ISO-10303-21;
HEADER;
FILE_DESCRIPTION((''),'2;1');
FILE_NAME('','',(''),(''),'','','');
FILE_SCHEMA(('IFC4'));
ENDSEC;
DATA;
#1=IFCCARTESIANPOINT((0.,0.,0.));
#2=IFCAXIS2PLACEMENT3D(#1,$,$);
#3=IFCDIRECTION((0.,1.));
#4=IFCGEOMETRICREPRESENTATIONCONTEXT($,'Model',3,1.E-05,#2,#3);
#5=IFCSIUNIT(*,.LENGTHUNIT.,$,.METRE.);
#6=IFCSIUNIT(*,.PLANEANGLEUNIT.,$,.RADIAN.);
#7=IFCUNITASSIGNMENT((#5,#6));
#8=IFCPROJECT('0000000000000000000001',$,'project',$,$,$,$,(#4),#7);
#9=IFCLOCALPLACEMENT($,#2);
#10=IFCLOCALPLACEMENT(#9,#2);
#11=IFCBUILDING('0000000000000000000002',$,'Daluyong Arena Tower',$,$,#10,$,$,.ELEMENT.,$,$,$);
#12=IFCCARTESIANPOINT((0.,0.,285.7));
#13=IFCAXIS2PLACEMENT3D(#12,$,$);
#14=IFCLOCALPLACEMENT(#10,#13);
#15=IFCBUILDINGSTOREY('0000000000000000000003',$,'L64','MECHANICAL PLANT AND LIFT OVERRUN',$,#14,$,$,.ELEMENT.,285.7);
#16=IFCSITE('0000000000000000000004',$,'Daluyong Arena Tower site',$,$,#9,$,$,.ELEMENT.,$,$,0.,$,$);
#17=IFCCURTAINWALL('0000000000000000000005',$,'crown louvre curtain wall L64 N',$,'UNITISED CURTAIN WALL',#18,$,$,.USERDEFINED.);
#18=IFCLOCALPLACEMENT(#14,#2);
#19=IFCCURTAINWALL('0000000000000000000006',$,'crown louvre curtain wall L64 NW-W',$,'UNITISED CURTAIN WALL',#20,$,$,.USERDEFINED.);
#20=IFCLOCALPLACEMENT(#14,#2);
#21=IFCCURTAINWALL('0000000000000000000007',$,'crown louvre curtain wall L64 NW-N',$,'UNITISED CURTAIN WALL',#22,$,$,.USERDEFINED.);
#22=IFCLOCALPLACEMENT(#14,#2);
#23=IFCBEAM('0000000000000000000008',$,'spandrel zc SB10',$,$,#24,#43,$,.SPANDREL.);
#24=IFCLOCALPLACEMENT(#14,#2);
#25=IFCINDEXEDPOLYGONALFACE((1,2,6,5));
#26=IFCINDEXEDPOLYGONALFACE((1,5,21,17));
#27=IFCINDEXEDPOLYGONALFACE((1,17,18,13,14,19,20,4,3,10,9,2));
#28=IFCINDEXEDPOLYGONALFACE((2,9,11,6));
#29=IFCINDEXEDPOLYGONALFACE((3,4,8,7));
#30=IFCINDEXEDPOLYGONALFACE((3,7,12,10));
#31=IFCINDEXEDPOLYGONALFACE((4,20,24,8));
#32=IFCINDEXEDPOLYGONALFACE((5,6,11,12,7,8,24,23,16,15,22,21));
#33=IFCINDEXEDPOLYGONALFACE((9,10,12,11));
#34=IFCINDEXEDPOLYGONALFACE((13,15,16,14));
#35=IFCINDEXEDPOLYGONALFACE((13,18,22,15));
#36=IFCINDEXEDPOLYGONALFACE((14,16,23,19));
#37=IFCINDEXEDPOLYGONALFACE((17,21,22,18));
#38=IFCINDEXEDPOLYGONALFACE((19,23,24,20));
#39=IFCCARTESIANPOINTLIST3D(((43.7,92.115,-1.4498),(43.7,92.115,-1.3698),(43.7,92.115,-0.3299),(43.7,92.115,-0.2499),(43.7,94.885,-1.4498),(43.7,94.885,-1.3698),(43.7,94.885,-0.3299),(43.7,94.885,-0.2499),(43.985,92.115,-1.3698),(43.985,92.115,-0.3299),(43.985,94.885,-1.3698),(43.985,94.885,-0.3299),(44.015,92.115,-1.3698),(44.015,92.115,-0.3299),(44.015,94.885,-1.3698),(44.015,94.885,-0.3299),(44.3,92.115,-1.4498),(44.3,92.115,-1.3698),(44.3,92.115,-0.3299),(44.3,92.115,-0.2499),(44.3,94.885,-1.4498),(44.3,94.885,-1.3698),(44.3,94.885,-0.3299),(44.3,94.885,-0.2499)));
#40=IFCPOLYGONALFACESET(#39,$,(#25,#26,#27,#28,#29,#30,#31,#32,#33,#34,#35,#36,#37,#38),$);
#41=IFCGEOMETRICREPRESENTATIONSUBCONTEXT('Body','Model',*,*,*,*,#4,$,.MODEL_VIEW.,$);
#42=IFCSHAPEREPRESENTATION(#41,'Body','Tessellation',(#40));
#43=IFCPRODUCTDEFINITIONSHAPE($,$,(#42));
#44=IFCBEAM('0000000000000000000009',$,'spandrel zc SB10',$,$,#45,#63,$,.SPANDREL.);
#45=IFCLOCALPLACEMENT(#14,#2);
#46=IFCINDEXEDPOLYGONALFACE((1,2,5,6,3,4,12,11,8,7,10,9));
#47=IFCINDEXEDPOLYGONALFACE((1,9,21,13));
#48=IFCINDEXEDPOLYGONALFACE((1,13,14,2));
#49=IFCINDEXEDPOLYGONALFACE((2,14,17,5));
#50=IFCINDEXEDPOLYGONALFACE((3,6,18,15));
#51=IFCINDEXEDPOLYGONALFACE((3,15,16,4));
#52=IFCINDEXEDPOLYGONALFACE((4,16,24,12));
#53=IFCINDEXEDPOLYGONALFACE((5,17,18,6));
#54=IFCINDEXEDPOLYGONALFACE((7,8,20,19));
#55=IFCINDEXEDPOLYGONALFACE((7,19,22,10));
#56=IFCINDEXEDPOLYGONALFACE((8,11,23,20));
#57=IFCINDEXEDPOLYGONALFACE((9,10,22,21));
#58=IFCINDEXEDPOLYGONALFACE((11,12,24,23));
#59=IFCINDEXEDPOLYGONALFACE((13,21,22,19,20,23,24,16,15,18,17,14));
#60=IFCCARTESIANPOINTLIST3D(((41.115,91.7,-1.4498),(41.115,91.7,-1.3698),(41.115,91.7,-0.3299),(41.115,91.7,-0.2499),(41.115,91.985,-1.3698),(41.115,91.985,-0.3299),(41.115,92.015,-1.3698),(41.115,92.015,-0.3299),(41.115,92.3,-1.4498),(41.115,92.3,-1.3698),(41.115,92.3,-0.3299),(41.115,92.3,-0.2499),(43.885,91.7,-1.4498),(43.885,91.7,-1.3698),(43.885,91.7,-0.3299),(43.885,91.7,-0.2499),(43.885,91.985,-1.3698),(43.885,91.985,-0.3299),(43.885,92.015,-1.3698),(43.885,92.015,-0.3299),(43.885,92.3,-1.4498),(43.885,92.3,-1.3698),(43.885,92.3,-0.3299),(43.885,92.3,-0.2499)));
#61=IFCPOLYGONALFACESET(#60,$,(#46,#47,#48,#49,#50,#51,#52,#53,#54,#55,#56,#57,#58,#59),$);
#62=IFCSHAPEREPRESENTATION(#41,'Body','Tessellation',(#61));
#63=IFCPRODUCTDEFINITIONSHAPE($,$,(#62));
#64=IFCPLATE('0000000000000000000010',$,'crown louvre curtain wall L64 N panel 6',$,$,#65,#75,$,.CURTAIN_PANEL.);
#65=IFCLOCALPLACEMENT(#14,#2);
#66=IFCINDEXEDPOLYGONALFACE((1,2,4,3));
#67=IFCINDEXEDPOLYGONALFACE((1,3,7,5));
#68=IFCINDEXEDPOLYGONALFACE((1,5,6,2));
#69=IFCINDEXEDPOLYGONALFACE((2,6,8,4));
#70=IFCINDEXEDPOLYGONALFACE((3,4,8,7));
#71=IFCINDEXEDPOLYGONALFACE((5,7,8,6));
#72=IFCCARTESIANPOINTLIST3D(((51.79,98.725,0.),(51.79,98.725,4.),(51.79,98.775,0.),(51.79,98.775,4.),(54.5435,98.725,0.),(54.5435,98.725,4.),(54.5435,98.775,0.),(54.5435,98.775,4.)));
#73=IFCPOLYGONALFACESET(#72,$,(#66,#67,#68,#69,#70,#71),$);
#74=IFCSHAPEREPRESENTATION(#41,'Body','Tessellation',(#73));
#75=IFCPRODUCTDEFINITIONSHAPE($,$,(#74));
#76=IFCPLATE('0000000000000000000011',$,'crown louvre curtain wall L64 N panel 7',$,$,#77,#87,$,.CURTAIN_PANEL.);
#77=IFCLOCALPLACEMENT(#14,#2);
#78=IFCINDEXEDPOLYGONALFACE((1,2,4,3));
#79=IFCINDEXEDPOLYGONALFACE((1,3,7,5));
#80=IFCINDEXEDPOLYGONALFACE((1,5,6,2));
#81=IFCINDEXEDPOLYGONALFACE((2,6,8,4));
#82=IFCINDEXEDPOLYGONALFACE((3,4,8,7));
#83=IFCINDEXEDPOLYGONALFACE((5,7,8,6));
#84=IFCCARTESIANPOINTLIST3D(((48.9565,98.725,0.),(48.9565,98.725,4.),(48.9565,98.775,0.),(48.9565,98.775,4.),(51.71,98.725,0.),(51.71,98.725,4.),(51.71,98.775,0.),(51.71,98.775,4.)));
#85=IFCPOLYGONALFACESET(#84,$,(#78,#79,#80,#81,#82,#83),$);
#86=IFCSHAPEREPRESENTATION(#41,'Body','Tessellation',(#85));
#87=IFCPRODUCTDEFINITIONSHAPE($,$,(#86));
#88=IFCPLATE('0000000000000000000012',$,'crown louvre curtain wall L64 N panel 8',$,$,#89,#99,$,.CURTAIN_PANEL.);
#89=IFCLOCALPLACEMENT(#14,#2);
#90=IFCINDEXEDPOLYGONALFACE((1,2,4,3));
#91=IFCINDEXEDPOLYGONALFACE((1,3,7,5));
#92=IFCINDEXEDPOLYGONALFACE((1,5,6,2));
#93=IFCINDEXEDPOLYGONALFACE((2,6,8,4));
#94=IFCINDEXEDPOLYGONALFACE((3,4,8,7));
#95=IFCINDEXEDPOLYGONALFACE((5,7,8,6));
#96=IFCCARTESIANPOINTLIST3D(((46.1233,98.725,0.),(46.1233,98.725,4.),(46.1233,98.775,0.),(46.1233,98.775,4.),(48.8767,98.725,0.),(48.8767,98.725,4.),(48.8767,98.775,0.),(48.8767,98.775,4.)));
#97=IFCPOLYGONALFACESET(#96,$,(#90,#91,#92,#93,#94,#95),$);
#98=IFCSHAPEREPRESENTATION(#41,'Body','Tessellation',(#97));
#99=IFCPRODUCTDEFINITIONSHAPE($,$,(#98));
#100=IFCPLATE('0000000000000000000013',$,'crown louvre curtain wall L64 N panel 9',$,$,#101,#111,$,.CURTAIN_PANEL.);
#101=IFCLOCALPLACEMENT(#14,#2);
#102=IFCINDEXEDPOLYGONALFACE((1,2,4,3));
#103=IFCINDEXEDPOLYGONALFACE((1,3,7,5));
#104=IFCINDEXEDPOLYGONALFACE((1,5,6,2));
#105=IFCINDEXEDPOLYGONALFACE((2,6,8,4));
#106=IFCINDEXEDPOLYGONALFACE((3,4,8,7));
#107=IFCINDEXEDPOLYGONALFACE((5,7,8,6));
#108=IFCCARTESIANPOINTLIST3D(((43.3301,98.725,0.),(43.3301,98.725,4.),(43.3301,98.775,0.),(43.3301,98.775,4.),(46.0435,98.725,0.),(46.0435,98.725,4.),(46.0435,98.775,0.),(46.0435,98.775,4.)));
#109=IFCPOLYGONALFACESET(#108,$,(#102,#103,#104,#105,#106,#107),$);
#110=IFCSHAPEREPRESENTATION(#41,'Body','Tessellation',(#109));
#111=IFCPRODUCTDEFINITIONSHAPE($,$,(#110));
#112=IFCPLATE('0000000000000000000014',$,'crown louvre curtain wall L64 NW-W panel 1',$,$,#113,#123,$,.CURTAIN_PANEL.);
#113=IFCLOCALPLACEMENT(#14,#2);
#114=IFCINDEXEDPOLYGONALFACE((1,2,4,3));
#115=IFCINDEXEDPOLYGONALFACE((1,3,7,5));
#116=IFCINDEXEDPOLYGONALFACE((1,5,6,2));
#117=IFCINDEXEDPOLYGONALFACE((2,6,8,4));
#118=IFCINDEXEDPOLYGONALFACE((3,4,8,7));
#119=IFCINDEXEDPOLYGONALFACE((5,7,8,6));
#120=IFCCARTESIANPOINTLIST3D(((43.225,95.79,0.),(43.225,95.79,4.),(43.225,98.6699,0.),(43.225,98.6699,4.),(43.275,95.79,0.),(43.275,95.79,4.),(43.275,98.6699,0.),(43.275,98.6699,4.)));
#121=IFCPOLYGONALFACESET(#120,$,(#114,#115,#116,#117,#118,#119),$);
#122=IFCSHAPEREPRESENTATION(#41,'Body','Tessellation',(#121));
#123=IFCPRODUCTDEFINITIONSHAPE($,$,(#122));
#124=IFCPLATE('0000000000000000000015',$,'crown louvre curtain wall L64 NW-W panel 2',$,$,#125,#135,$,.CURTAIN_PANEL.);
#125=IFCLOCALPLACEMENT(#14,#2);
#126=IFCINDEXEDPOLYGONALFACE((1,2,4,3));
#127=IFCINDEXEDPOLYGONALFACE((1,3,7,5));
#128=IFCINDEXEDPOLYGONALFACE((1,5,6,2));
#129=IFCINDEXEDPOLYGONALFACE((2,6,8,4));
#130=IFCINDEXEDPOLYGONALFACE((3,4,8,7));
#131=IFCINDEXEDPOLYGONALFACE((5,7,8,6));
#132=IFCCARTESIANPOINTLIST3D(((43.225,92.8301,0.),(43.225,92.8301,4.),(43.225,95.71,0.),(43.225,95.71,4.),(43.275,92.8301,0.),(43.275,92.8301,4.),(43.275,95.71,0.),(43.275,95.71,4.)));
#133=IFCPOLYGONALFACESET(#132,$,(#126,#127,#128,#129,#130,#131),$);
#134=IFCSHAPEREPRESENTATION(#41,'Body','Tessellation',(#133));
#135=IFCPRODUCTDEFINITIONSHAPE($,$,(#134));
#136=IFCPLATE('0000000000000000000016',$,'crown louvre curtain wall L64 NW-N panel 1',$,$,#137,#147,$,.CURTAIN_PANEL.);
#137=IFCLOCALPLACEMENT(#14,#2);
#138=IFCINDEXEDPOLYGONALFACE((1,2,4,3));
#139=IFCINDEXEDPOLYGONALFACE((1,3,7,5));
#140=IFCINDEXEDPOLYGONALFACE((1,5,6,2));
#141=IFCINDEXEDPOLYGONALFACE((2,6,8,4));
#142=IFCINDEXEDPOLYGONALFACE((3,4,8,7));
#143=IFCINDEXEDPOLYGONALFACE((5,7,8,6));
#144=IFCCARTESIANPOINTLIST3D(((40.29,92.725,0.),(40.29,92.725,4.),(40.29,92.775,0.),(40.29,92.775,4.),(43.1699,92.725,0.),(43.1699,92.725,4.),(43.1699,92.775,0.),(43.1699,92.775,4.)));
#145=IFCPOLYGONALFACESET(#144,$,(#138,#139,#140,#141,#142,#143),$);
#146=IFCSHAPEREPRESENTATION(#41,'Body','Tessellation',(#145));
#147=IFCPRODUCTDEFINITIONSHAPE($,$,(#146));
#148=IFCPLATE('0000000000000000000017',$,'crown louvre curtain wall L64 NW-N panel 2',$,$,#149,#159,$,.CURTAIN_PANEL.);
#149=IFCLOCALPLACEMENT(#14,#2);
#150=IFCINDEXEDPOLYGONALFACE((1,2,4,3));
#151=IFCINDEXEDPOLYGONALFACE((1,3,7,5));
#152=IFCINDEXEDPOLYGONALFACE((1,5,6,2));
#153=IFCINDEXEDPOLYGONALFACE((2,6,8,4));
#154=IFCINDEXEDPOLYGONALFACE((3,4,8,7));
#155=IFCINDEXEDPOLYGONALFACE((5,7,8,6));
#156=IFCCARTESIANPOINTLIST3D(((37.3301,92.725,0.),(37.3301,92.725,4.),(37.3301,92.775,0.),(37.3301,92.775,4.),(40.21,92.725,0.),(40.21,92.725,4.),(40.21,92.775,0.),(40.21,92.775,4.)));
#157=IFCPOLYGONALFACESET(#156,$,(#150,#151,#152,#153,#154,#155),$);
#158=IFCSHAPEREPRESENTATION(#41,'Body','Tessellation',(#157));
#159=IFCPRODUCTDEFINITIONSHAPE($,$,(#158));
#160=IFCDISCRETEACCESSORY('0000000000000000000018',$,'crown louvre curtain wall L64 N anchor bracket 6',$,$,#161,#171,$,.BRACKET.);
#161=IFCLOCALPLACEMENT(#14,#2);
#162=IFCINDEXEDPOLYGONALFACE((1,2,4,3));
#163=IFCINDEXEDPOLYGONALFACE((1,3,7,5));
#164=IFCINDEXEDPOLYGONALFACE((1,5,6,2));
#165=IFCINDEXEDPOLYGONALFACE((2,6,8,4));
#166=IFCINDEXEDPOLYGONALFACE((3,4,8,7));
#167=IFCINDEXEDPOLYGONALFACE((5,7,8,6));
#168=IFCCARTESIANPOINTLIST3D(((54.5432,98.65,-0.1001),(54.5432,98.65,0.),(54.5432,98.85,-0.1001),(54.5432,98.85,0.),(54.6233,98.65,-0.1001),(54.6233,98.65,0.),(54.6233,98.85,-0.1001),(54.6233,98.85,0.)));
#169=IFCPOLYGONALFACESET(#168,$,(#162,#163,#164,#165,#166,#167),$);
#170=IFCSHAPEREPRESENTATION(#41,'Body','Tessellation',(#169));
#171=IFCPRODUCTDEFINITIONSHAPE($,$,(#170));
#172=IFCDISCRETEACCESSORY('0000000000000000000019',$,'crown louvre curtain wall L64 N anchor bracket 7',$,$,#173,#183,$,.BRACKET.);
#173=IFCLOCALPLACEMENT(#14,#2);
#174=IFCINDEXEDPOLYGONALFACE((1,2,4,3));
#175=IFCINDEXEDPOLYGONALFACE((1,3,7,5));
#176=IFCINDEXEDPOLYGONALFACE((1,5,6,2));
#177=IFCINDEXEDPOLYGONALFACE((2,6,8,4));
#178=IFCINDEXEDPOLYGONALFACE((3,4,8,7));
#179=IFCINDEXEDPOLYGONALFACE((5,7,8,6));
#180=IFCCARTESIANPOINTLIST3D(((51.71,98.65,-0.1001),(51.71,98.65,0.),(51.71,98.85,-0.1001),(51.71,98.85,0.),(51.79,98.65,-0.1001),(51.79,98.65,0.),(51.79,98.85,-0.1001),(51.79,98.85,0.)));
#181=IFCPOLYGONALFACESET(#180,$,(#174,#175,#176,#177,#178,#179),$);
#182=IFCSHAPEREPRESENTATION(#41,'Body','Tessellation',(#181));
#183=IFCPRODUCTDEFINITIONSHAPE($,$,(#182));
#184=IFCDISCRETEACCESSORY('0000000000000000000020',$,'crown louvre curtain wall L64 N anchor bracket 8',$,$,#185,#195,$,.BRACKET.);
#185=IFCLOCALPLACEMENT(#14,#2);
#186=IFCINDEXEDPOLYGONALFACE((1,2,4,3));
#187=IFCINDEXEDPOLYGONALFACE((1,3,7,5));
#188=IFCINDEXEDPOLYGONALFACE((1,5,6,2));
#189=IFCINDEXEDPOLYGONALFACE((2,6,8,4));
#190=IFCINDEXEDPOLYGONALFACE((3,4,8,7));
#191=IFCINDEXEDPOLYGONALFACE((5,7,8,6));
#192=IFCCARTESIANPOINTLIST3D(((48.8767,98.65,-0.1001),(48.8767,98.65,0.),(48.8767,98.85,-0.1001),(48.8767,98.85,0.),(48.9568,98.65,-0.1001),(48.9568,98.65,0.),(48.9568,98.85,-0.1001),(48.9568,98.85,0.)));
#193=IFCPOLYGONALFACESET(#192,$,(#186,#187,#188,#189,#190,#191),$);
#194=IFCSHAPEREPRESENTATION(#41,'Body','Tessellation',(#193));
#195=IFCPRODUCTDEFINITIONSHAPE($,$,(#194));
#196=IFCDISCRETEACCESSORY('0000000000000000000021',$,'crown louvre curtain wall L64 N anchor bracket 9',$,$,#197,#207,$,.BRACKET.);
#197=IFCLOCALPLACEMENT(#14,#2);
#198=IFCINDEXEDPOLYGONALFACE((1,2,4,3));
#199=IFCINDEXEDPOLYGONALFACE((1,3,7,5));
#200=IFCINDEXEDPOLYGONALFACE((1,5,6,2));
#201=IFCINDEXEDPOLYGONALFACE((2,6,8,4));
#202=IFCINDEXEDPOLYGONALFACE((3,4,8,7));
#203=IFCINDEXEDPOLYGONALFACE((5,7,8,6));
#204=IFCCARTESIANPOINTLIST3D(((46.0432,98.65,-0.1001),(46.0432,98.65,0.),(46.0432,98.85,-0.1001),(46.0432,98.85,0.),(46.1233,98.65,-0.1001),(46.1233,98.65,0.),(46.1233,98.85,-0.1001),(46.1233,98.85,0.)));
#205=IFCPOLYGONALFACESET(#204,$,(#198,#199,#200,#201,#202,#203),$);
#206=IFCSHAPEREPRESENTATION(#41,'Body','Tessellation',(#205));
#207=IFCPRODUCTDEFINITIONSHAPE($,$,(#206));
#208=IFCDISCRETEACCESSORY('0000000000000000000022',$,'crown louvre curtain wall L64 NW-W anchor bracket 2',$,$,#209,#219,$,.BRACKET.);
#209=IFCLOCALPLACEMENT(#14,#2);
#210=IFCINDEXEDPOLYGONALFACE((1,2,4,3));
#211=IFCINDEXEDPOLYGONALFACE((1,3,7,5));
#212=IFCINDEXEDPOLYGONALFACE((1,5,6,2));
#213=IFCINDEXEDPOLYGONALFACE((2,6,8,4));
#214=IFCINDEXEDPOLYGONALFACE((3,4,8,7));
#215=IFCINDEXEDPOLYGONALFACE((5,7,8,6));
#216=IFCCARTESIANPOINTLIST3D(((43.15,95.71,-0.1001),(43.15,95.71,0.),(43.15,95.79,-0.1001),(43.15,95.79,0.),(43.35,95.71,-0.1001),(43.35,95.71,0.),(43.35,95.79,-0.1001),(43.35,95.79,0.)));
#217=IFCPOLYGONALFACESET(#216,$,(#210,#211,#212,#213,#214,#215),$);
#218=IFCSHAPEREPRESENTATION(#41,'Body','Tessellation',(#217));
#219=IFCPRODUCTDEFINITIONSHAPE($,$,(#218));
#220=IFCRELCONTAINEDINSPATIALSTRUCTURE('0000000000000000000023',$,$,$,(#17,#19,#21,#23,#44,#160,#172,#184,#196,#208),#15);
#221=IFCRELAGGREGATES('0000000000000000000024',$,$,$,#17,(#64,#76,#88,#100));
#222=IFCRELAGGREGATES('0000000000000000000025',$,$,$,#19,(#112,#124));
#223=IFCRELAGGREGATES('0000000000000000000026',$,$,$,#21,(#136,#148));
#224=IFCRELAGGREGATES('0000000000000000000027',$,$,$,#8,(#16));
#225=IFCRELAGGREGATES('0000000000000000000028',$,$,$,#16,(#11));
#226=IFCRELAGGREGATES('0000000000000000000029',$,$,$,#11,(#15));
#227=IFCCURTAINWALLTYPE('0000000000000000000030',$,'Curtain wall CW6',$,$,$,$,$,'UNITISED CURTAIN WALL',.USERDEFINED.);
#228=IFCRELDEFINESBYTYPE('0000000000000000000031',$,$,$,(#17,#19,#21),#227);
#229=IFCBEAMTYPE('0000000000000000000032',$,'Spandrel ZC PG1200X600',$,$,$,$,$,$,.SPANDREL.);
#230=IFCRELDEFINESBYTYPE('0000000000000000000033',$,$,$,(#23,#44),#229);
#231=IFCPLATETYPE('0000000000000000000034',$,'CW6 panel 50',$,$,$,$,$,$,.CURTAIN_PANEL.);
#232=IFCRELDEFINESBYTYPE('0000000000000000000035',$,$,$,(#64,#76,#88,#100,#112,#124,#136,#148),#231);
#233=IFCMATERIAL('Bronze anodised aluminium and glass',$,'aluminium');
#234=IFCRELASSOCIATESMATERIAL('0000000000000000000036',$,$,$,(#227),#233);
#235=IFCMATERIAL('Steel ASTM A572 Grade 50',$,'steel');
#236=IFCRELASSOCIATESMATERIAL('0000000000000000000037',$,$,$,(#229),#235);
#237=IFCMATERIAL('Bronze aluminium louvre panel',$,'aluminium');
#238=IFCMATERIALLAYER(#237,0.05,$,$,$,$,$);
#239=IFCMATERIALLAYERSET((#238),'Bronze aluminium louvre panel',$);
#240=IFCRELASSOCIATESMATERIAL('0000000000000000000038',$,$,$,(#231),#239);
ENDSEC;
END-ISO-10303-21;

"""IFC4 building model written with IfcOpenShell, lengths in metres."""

from ifc_helpers import new_model, si_unit, direction, frame, origin, origin_2d, place, context, subcontext, project, spatial, rectangle, i_section, extrude, material, layer, layer_set, material_profile, profile_set, type_object, element, aggregate, save


model = new_model("IFC4")

# Units and contexts
model_context = context("Model", 3, precision=1e-05, world=origin(), true_north=direction((0.0, 1.0)))
body_context = subcontext(model_context, "Body", "Model", "MODEL_VIEW")
ifc_project = project(units=[si_unit("LENGTHUNIT", "METRE"), si_unit("PLANEANGLEUNIT", "RADIAN")], contexts=[model_context])

# Site, building, storey
site_placement = place(None, origin())
site = spatial("IfcSite", under=ifc_project, at=site_placement, Name="Daluyong Arena Tower site", CompositionType="ELEMENT", RefElevation=0.0)
building_placement = place(site_placement, origin())
building = spatial("IfcBuilding", under=site, at=building_placement, Name="Daluyong Arena Tower", CompositionType="ELEMENT")
storey_placement = place(building_placement, frame((0.0, 0.0, 285.7)))
storey = spatial("IfcBuildingStorey", under=building, at=storey_placement, Name="L64", Description="MECHANICAL PLANT AND LIFT OVERRUN", CompositionType="ELEMENT", Elevation=285.7)

# Curtain walls
ifc_material_1 = material(Name="Bronze anodised aluminium and glass", Category="aluminium")
curtain_wall_type = type_object("IfcCurtainWallType", Name="Curtain wall CW6", ElementType="UNITISED CURTAIN WALL", PredefinedType="USERDEFINED", material=ifc_material_1)
curtain_wall_1_placement = place(storey_placement, origin())
curtain_wall_1 = element("IfcCurtainWall", 1, at=curtain_wall_1_placement, inside=storey, type_object=curtain_wall_type, Name="crown louvre curtain wall L64 N", ObjectType="UNITISED CURTAIN WALL", PredefinedType="USERDEFINED")
curtain_wall_2_placement = place(storey_placement, origin())
curtain_wall_2 = element("IfcCurtainWall", 2, at=curtain_wall_2_placement, inside=storey, type_object=curtain_wall_type, Name="crown louvre curtain wall L64 NW-W", ObjectType="UNITISED CURTAIN WALL", PredefinedType="USERDEFINED")
curtain_wall_3_placement = place(storey_placement, origin())
curtain_wall_3 = element("IfcCurtainWall", 3, at=curtain_wall_3_placement, inside=storey, type_object=curtain_wall_type, Name="crown louvre curtain wall L64 NW-N", ObjectType="UNITISED CURTAIN WALL", PredefinedType="USERDEFINED")

# Beams
ifc_material_2 = material(Name="Steel ASTM A572 Grade 50", Category="steel")
ifc_material_profile_1 = material_profile(ifc_material_2, i_section(OverallWidth=0.6001, OverallDepth=1.2, WebThickness=0.03, FlangeThickness=0.08, at=origin_2d()))
ifc_profile_set_1 = profile_set([ifc_material_profile_1], Name="Steel ASTM A572 Grade 50")
beam_type_1 = type_object("IfcBeamType", Name="Spandrel ZC PG1200X600", PredefinedType="SPANDREL", material=ifc_profile_set_1)
for number, where, z_axis, x_axis, name in (
    (4, (44.0, 94.885, -0.8499), (0.0, -1.0, 0.0), (1.0, 0.0, 0.0), "spandrel zc SB10"),
    (5, (43.885, 92.0, -0.8499), (-1.0, 0.0, 0.0), (0.0, -1.0, 0.0), "spandrel zc SB10"),
):
    element("IfcBeam", number, at=place(storey_placement, frame(where, z_axis=z_axis, x_axis=x_axis)), inside=storey, type_object=beam_type_1, Name=name, PredefinedType="SPANDREL", context=body_context, shape_type="SweptSolid", body=[
        extrude(i_section(OverallWidth=0.6001, OverallDepth=1.2, WebThickness=0.03, FlangeThickness=0.08, at=origin_2d()), origin(), (0.0, 0.0, 1.0), 2.77),
    ])

# Plates
ifc_material_3 = material(Name="Bronze aluminium louvre panel", Category="aluminium")
ifc_layer = layer(ifc_material_3, 0.05)
ifc_layer_set = layer_set([ifc_layer], Name="Bronze aluminium louvre panel")
plate_type = type_object("IfcPlateType", Name="CW6 panel 50", PredefinedType="CURTAIN_PANEL", material=ifc_layer_set)
plate_1_placement = place(storey_placement, frame((53.1667, 98.75, 0.0), z_axis=(0.0, 0.0, 1.0), x_axis=(-1.0, 0.0, 0.0)))
plate_1 = element("IfcPlate", 6, at=plate_1_placement, type_object=plate_type, Name="crown louvre curtain wall L64 N panel 6", PredefinedType="CURTAIN_PANEL", context=body_context, shape_type="SweptSolid", body=[
    extrude(rectangle(XDim=2.7534, YDim=0.05, at=origin_2d()), origin(), (0.0, 0.0, 1.0), 4.0),
])
plate_2_placement = place(storey_placement, frame((50.3333, 98.75, 0.0), z_axis=(0.0, 0.0, 1.0), x_axis=(-1.0, 0.0, 0.0)))
plate_2 = element("IfcPlate", 7, at=plate_2_placement, type_object=plate_type, Name="crown louvre curtain wall L64 N panel 7", PredefinedType="CURTAIN_PANEL", context=body_context, shape_type="SweptSolid", body=[
    extrude(rectangle(XDim=2.7534, YDim=0.05, at=origin_2d()), origin(), (0.0, 0.0, 1.0), 4.0),
])
plate_3_placement = place(storey_placement, frame((47.5, 98.75, 0.0), z_axis=(0.0, 0.0, 1.0), x_axis=(-1.0, 0.0, 0.0)))
plate_3 = element("IfcPlate", 8, at=plate_3_placement, type_object=plate_type, Name="crown louvre curtain wall L64 N panel 8", PredefinedType="CURTAIN_PANEL", context=body_context, shape_type="SweptSolid", body=[
    extrude(rectangle(XDim=2.7534, YDim=0.05, at=origin_2d()), origin(), (0.0, 0.0, 1.0), 4.0),
])
plate_4_placement = place(storey_placement, frame((44.6868, 98.75, 0.0), z_axis=(0.0, 0.0, 1.0), x_axis=(-1.0, 0.0, 0.0)))
plate_4 = element("IfcPlate", 9, at=plate_4_placement, type_object=plate_type, Name="crown louvre curtain wall L64 N panel 9", PredefinedType="CURTAIN_PANEL", context=body_context, shape_type="SweptSolid", body=[
    extrude(rectangle(XDim=2.7134, YDim=0.05, at=origin_2d()), origin(), (0.0, 0.0, 1.0), 4.0),
])
aggregate(curtain_wall_1, [plate_1, plate_2, plate_3, plate_4])
plate_5_placement = place(storey_placement, frame((43.25, 97.23, 0.0), z_axis=(0.0, 0.0, 1.0), x_axis=(0.0, -1.0, 0.0)))
plate_5 = element("IfcPlate", 10, at=plate_5_placement, type_object=plate_type, Name="crown louvre curtain wall L64 NW-W panel 1", PredefinedType="CURTAIN_PANEL", context=body_context, shape_type="SweptSolid", body=[
    extrude(rectangle(XDim=2.8799, YDim=0.05, at=origin_2d()), origin(), (0.0, 0.0, 1.0), 4.0),
])
plate_6_placement = place(storey_placement, frame((43.25, 94.27, 0.0), z_axis=(0.0, 0.0, 1.0), x_axis=(0.0, -1.0, 0.0)))
plate_6 = element("IfcPlate", 11, at=plate_6_placement, type_object=plate_type, Name="crown louvre curtain wall L64 NW-W panel 2", PredefinedType="CURTAIN_PANEL", context=body_context, shape_type="SweptSolid", body=[
    extrude(rectangle(XDim=2.8799, YDim=0.05, at=origin_2d()), origin(), (0.0, 0.0, 1.0), 4.0),
])
aggregate(curtain_wall_2, [plate_5, plate_6])
plate_7_placement = place(storey_placement, frame((41.73, 92.75, 0.0), z_axis=(0.0, 0.0, 1.0), x_axis=(-1.0, 0.0, 0.0)))
plate_7 = element("IfcPlate", 12, at=plate_7_placement, type_object=plate_type, Name="crown louvre curtain wall L64 NW-N panel 1", PredefinedType="CURTAIN_PANEL", context=body_context, shape_type="SweptSolid", body=[
    extrude(rectangle(XDim=2.8799, YDim=0.05, at=origin_2d()), origin(), (0.0, 0.0, 1.0), 4.0),
])
plate_8_placement = place(storey_placement, frame((38.77, 92.75, 0.0), z_axis=(0.0, 0.0, 1.0), x_axis=(-1.0, 0.0, 0.0)))
plate_8 = element("IfcPlate", 13, at=plate_8_placement, type_object=plate_type, Name="crown louvre curtain wall L64 NW-N panel 2", PredefinedType="CURTAIN_PANEL", context=body_context, shape_type="SweptSolid", body=[
    extrude(rectangle(XDim=2.8799, YDim=0.05, at=origin_2d()), origin(), (0.0, 0.0, 1.0), 4.0),
])
aggregate(curtain_wall_3, [plate_7, plate_8])

# Discrete accessories
for number, where, z_axis, x_axis, name in (
    (14, (54.5833, 98.75, -0.1001), (0.0, 0.0, 1.0), (-1.0, 0.0, 0.0), "crown louvre curtain wall L64 N anchor bracket 6"),
    (15, (51.75, 98.75, -0.1001), (0.0, 0.0, 1.0), (-1.0, 0.0, 0.0), "crown louvre curtain wall L64 N anchor bracket 7"),
    (16, (48.9167, 98.75, -0.1001), (0.0, 0.0, 1.0), (-1.0, 0.0, 0.0), "crown louvre curtain wall L64 N anchor bracket 8"),
    (17, (46.0833, 98.75, -0.1001), (0.0, 0.0, 1.0), (-1.0, 0.0, 0.0), "crown louvre curtain wall L64 N anchor bracket 9"),
    (18, (43.25, 95.75, -0.1001), (0.0, 0.0, 1.0), (0.0, -1.0, 0.0), "crown louvre curtain wall L64 NW-W anchor bracket 2"),
):
    element("IfcDiscreteAccessory", number, at=place(storey_placement, frame(where, z_axis=z_axis, x_axis=x_axis)), inside=storey, Name=name, PredefinedType="BRACKET", context=body_context, shape_type="SweptSolid", body=[
        extrude(rectangle(XDim=0.0801, YDim=0.2, at=origin_2d()), origin(), (0.0, 0.0, 1.0), 0.1001),
    ])

save(model, "model.ifc")
